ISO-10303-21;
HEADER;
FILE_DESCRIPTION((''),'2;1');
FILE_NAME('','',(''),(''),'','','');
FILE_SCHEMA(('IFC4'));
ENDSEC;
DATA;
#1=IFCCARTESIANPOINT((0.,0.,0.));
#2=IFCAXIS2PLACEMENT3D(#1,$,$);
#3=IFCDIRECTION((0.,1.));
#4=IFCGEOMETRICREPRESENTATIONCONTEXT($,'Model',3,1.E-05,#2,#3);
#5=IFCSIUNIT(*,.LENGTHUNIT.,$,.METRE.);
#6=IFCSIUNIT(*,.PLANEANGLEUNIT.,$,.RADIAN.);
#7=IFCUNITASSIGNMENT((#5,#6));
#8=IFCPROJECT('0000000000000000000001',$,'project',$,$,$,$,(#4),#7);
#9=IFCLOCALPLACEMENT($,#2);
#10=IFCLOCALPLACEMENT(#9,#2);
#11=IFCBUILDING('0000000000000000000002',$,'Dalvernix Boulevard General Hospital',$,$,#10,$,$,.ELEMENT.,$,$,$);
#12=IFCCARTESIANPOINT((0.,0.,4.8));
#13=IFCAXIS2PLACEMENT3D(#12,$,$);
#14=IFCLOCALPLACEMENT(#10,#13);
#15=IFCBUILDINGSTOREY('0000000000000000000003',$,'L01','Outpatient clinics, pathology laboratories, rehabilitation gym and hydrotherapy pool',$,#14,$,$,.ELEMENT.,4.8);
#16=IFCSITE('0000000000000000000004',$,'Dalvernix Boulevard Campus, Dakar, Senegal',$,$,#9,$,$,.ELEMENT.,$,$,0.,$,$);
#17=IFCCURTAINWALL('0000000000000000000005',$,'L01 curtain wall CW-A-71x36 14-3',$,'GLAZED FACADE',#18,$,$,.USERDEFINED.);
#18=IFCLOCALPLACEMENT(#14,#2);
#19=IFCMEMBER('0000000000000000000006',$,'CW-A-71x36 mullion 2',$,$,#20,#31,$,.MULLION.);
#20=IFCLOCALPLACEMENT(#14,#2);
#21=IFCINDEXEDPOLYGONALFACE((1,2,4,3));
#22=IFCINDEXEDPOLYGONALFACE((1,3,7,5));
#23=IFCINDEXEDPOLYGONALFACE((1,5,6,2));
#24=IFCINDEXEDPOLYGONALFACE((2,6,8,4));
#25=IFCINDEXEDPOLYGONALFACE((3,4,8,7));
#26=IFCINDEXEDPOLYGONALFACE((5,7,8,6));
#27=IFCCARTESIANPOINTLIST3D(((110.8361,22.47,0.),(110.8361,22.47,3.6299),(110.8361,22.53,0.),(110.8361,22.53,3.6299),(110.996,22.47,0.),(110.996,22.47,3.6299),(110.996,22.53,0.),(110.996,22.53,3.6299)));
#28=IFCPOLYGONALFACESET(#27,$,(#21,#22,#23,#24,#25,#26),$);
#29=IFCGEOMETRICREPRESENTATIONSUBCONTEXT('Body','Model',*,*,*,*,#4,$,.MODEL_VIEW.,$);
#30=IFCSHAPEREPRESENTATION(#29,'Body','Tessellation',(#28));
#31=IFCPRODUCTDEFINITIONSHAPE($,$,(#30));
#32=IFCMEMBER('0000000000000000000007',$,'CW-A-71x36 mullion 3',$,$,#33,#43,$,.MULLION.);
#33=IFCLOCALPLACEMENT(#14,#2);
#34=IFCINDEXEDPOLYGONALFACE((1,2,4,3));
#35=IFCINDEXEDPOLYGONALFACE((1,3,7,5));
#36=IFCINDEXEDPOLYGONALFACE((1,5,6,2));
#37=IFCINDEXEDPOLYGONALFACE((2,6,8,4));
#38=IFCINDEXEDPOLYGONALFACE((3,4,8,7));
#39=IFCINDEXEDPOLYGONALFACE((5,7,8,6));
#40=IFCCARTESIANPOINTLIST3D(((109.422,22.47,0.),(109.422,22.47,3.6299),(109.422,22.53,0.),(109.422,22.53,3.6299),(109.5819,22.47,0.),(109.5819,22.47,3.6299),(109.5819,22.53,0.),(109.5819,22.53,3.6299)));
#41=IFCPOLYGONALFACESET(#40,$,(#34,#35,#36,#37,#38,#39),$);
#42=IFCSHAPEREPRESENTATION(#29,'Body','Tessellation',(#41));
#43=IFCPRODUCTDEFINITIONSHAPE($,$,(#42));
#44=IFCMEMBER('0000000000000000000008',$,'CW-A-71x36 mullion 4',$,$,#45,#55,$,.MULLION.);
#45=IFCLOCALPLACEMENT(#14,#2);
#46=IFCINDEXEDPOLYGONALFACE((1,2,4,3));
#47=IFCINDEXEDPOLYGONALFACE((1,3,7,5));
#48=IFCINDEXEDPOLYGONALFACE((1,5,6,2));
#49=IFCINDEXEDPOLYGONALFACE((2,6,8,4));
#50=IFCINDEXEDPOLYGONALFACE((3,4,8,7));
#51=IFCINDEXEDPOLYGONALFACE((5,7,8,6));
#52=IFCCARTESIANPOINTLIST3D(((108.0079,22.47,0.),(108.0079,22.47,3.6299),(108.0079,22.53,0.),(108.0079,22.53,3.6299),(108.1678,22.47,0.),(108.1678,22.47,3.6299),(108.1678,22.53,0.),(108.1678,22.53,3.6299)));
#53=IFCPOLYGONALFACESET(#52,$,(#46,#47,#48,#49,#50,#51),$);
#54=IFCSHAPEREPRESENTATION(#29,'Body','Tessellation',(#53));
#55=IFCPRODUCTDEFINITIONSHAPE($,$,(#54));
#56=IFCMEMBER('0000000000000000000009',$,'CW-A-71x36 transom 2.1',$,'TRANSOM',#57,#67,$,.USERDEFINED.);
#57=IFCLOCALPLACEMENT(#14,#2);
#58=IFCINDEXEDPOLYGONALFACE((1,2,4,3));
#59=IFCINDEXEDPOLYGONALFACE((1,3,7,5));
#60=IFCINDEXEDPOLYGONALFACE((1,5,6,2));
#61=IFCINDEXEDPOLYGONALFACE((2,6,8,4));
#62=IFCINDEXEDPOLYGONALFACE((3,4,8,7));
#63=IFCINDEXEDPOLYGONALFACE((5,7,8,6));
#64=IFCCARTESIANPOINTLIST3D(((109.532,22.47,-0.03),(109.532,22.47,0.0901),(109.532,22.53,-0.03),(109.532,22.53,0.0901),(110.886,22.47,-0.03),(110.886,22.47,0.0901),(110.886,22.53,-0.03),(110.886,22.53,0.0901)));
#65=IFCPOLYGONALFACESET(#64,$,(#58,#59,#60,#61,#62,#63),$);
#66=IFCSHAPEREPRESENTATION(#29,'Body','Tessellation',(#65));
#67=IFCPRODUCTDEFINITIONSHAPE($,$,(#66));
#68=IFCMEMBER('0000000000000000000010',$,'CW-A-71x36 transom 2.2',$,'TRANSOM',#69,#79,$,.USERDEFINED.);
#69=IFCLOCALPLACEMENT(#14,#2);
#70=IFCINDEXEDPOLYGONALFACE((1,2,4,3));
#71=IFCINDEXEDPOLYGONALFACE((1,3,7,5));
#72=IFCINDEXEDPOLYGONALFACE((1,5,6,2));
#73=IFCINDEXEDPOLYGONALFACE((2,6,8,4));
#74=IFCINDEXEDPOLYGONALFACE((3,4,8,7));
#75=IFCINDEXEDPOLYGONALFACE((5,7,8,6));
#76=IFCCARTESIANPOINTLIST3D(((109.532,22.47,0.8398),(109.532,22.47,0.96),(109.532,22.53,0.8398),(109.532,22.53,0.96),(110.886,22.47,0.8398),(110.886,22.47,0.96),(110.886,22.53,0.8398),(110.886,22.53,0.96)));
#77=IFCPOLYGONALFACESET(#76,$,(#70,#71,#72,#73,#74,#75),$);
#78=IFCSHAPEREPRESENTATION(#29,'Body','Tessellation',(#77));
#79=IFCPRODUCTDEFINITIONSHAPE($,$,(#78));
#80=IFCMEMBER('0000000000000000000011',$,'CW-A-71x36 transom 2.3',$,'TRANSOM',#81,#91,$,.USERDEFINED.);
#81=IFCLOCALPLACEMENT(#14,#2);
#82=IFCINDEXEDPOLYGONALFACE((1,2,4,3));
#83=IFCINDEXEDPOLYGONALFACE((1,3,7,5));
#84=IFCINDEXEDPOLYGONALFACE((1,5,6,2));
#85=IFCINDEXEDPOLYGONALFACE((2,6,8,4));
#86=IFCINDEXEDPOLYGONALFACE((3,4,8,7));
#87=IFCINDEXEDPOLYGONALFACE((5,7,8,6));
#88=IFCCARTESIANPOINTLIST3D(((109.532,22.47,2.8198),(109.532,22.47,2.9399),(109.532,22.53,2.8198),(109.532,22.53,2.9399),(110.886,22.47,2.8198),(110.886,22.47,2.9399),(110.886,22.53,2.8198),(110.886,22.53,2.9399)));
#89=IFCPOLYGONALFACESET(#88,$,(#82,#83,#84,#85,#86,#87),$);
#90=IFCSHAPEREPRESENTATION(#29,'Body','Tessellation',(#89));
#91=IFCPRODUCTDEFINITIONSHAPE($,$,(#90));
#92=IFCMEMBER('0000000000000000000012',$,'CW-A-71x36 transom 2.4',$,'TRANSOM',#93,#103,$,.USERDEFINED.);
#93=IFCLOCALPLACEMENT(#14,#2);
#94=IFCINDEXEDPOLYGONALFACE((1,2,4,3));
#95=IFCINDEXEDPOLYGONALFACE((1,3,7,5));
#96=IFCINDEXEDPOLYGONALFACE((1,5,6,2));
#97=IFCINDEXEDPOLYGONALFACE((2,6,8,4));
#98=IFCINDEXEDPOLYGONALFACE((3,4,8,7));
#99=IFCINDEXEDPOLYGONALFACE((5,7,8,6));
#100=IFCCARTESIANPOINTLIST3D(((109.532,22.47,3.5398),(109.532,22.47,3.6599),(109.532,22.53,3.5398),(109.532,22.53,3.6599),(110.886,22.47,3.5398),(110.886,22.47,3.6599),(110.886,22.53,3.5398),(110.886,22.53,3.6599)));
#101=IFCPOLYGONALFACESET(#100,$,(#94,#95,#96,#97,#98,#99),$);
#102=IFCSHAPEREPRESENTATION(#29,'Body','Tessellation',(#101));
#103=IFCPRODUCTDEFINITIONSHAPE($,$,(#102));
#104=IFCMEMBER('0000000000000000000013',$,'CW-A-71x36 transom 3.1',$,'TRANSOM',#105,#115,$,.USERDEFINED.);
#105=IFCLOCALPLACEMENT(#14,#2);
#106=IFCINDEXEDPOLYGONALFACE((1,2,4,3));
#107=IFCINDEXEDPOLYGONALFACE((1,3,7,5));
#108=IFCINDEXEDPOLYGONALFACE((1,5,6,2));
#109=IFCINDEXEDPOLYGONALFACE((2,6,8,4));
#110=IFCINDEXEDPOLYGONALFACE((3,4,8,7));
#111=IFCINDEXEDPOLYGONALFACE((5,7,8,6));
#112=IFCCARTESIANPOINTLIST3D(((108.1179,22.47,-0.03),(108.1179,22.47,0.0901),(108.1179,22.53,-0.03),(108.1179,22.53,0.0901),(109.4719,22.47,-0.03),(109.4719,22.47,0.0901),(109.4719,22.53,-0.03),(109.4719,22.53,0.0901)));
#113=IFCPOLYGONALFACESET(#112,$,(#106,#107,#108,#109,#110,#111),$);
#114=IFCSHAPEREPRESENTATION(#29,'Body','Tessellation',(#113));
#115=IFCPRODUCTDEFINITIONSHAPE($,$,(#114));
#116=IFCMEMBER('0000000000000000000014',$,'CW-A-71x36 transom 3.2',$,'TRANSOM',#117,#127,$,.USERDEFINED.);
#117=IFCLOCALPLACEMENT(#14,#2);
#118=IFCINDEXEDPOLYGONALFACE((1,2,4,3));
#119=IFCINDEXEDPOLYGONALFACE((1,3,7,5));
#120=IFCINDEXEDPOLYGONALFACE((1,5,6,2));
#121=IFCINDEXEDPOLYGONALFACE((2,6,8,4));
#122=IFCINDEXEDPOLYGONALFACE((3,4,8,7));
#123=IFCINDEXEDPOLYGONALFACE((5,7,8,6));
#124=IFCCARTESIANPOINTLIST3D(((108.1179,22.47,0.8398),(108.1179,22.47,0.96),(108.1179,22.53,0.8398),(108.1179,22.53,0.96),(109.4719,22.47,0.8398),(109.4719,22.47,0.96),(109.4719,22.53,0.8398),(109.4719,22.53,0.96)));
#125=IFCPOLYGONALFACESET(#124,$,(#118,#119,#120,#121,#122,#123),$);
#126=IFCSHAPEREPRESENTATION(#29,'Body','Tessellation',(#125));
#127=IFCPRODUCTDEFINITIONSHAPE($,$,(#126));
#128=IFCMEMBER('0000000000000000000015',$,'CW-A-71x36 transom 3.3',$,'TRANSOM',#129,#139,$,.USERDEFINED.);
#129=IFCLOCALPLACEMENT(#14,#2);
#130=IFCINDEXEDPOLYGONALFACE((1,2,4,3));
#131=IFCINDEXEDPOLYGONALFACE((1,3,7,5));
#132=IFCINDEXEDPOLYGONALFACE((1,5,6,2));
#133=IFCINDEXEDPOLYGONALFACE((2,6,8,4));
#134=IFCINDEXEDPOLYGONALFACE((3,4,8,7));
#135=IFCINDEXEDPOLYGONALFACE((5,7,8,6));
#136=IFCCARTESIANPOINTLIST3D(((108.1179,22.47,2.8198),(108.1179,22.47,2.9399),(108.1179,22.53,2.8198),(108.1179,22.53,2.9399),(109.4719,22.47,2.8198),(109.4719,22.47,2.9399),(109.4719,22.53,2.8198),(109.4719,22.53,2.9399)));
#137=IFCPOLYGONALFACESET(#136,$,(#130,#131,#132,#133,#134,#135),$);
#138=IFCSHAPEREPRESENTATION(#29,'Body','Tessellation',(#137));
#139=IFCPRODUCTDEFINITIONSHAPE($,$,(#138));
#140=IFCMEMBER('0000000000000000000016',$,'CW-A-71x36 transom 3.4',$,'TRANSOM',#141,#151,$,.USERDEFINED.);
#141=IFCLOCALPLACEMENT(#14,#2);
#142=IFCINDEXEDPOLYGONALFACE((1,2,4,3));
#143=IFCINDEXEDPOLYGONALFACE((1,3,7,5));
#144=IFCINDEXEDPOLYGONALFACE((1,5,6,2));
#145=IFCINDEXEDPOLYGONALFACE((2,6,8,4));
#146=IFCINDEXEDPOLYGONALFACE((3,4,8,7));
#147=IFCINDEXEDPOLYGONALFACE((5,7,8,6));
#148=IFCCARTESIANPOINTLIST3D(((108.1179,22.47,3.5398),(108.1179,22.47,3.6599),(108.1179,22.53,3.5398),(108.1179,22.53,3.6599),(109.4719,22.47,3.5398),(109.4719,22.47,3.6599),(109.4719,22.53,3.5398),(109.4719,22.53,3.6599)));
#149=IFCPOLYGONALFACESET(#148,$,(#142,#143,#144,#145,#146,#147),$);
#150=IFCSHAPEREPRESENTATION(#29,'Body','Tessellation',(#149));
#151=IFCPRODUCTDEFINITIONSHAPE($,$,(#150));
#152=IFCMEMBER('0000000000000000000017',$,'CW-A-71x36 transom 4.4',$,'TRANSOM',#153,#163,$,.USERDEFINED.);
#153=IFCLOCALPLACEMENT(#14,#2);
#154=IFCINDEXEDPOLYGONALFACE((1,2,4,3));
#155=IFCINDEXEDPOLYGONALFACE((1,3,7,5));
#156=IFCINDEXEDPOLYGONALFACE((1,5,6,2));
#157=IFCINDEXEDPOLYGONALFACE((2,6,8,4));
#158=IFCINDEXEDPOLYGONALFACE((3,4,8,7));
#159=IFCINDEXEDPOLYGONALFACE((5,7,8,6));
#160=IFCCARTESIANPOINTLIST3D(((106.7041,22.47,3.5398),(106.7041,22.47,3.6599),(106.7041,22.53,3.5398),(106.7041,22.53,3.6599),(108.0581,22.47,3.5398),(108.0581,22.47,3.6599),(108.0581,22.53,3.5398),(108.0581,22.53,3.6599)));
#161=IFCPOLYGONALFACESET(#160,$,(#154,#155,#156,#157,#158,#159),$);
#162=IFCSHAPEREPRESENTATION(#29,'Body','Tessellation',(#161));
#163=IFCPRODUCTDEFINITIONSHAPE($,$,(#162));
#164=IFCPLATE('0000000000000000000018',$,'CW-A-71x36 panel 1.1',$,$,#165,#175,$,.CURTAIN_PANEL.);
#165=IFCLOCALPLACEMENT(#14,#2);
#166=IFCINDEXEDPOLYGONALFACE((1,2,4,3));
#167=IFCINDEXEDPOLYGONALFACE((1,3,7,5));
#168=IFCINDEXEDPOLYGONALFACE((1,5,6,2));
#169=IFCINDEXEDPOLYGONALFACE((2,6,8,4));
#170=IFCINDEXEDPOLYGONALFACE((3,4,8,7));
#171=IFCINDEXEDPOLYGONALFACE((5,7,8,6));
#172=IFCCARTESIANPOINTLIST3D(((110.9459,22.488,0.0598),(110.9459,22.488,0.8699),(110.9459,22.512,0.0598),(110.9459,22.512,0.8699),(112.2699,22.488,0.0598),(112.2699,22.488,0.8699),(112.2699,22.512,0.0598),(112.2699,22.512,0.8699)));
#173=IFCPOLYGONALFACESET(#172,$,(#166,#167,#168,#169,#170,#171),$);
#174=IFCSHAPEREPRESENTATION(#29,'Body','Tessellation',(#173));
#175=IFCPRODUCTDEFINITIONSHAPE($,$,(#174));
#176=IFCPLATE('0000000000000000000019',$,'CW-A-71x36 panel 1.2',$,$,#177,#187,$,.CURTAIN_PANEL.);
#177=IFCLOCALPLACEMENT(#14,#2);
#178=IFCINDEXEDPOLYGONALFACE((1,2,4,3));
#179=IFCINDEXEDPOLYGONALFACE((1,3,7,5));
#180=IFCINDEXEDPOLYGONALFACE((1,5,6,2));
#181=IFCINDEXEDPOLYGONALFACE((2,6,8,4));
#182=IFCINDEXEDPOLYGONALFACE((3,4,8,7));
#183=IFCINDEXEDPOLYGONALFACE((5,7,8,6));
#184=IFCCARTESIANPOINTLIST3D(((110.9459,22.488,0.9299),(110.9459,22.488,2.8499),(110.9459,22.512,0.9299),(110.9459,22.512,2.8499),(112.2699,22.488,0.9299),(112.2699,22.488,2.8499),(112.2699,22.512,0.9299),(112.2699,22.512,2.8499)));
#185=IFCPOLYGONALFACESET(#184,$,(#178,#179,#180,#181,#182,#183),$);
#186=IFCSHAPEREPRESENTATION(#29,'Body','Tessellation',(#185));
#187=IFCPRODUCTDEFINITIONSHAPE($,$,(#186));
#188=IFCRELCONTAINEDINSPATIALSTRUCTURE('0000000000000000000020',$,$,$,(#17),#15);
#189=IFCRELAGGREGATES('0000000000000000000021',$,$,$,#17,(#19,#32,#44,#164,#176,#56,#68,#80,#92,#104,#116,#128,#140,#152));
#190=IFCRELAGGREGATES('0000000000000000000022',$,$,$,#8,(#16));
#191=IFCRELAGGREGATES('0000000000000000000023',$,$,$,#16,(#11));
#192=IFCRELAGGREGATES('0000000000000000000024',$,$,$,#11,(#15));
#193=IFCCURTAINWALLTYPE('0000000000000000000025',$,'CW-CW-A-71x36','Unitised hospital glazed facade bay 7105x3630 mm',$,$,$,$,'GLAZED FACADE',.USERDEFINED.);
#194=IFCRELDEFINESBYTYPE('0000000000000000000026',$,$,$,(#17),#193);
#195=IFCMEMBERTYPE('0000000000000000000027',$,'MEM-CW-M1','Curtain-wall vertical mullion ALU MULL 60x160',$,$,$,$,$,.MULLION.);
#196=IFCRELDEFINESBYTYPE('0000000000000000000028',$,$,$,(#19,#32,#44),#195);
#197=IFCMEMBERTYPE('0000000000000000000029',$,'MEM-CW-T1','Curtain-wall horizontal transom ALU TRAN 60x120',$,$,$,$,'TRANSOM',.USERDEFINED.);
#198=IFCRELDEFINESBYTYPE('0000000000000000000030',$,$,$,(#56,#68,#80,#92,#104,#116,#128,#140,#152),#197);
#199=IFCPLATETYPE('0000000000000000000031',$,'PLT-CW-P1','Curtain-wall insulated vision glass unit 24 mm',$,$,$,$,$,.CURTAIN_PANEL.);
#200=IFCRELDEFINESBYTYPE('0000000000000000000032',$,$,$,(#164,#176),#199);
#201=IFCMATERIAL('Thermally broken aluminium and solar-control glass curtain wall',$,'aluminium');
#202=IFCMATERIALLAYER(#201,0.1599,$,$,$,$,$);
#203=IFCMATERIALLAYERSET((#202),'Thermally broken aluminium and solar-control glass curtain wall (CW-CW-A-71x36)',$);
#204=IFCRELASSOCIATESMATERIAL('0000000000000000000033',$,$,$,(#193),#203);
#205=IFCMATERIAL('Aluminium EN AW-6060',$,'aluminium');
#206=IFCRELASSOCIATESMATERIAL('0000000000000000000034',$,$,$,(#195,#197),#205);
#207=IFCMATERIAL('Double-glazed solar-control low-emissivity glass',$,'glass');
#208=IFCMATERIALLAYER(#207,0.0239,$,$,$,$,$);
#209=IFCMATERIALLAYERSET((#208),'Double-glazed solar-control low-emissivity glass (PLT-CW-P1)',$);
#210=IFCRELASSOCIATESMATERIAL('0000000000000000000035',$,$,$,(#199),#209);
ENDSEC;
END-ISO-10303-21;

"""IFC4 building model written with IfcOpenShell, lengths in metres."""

from ifc_helpers import new_model, si_unit, direction, frame, origin, origin_2d, place, context, subcontext, project, spatial, rectangle, extrude, material, layer, layer_set, material_profile, profile_set, type_object, element, aggregate, save


model = new_model("IFC4")

# Units and contexts
model_context = context("Model", 3, precision=1e-05, world=origin(), true_north=direction((0.0, 1.0)))
body_context = subcontext(model_context, "Body", "Model", "MODEL_VIEW")
ifc_project = project(units=[si_unit("LENGTHUNIT", "METRE"), si_unit("PLANEANGLEUNIT", "RADIAN")], contexts=[model_context])

# Site, building, storey
site_placement = place(None, origin())
site = spatial("IfcSite", under=ifc_project, at=site_placement, Name="Dalvernix Boulevard Campus, Dakar, Senegal", CompositionType="ELEMENT", RefElevation=0.0)
building_placement = place(site_placement, origin())
building = spatial("IfcBuilding", under=site, at=building_placement, Name="Dalvernix Boulevard General Hospital", CompositionType="ELEMENT")
storey_placement = place(building_placement, frame((0.0, 0.0, 4.8)))
storey = spatial("IfcBuildingStorey", under=building, at=storey_placement, Name="L01", Description="Outpatient clinics, pathology laboratories, rehabilitation gym and hydrotherapy pool", CompositionType="ELEMENT", Elevation=4.8)

# Curtain wall, members, plates
ifc_material_1 = material(Name="Thermally broken aluminium and solar-control glass curtain wall", Category="aluminium")
ifc_layer_1 = layer(ifc_material_1, 0.1599)
ifc_layer_set_1 = layer_set([ifc_layer_1], Name="Thermally broken aluminium and solar-control glass curtain wall (CW-CW-A-71x36)")
curtain_wall_type = type_object("IfcCurtainWallType", Name="CW-CW-A-71x36", Description="Unitised hospital glazed facade bay 7105x3630 mm", ElementType="GLAZED FACADE", PredefinedType="USERDEFINED", material=ifc_layer_set_1)
curtain_wall_placement = place(storey_placement, origin())
curtain_wall = element("IfcCurtainWall", 1, at=curtain_wall_placement, inside=storey, type_object=curtain_wall_type, Name="L01 curtain wall CW-A-71x36 14-3", ObjectType="GLAZED FACADE", PredefinedType="USERDEFINED")
ifc_material_2 = material(Name="Aluminium EN AW-6060", Category="aluminium")
ifc_material_profile_1 = material_profile(ifc_material_2, rectangle(XDim=0.0601, YDim=0.1599, at=origin_2d()), Name="ALU MULL 60x160")
ifc_profile_set_1 = profile_set([ifc_material_profile_1], Name="Aluminium EN AW-6060")
member_type_1 = type_object("IfcMemberType", Name="MEM-CW-M1", Description="Curtain-wall vertical mullion ALU MULL 60x160", PredefinedType="MULLION", material=ifc_profile_set_1)
member_1_placement = place(storey_placement, frame((110.916, 22.5, 0.0), z_axis=(0.0, 0.0, 1.0), x_axis=(0.0, -1.0, 0.0)))
member_1 = element("IfcMember", 2, at=member_1_placement, type_object=member_type_1, Name="CW-A-71x36 mullion 2", PredefinedType="MULLION", context=body_context, shape_type="SweptSolid", body=[
    extrude(rectangle(XDim=0.0601, YDim=0.1599, at=origin_2d()), origin(), (0.0, 0.0, 1.0), 3.6299),
])
member_2_placement = place(storey_placement, frame((109.502, 22.5, 0.0), z_axis=(0.0, 0.0, 1.0), x_axis=(0.0, -1.0, 0.0)))
member_2 = element("IfcMember", 3, at=member_2_placement, type_object=member_type_1, Name="CW-A-71x36 mullion 3", PredefinedType="MULLION", context=body_context, shape_type="SweptSolid", body=[
    extrude(rectangle(XDim=0.0601, YDim=0.1599, at=origin_2d()), origin(), (0.0, 0.0, 1.0), 3.6299),
])
member_3_placement = place(storey_placement, frame((108.0879, 22.5, 0.0), z_axis=(0.0, 0.0, 1.0), x_axis=(0.0, -1.0, 0.0)))
member_3 = element("IfcMember", 4, at=member_3_placement, type_object=member_type_1, Name="CW-A-71x36 mullion 4", PredefinedType="MULLION", context=body_context, shape_type="SweptSolid", body=[
    extrude(rectangle(XDim=0.0601, YDim=0.1599, at=origin_2d()), origin(), (0.0, 0.0, 1.0), 3.6299),
])
ifc_material_profile_2 = material_profile(ifc_material_2, rectangle(XDim=0.0601, YDim=0.1201, at=origin_2d()), Name="ALU TRAN 60x120")
ifc_profile_set_2 = profile_set([ifc_material_profile_2], Name="Aluminium EN AW-6060")
member_type_2 = type_object("IfcMemberType", Name="MEM-CW-T1", Description="Curtain-wall horizontal transom ALU TRAN 60x120", ElementType="TRANSOM", PredefinedType="USERDEFINED", material=ifc_profile_set_2)
member_4_placement = place(storey_placement, frame((110.886, 22.5, 0.03), z_axis=(-1.0, 0.0, 0.0), x_axis=(0.0, -1.0, 0.0)))
member_4 = element("IfcMember", 5, at=member_4_placement, type_object=member_type_2, Name="CW-A-71x36 transom 2.1", ObjectType="TRANSOM", PredefinedType="USERDEFINED", context=body_context, shape_type="SweptSolid", body=[
    extrude(rectangle(XDim=0.0601, YDim=0.1201, at=origin_2d()), origin(), (0.0, 0.0, 1.0), 1.354),
])
member_5_placement = place(storey_placement, frame((110.886, 22.5, 0.8999), z_axis=(-1.0, 0.0, 0.0), x_axis=(0.0, -1.0, 0.0)))
member_5 = element("IfcMember", 6, at=member_5_placement, type_object=member_type_2, Name="CW-A-71x36 transom 2.2", ObjectType="TRANSOM", PredefinedType="USERDEFINED", context=body_context, shape_type="SweptSolid", body=[
    extrude(rectangle(XDim=0.0601, YDim=0.1201, at=origin_2d()), origin(), (0.0, 0.0, 1.0), 1.354),
])
member_6_placement = place(storey_placement, frame((110.886, 22.5, 2.8799), z_axis=(-1.0, 0.0, 0.0), x_axis=(0.0, -1.0, 0.0)))
member_6 = element("IfcMember", 7, at=member_6_placement, type_object=member_type_2, Name="CW-A-71x36 transom 2.3", ObjectType="TRANSOM", PredefinedType="USERDEFINED", context=body_context, shape_type="SweptSolid", body=[
    extrude(rectangle(XDim=0.0601, YDim=0.1201, at=origin_2d()), origin(), (0.0, 0.0, 1.0), 1.354),
])
member_7_placement = place(storey_placement, frame((110.886, 22.5, 3.5999), z_axis=(-1.0, 0.0, 0.0), x_axis=(0.0, -1.0, 0.0)))
member_7 = element("IfcMember", 8, at=member_7_placement, type_object=member_type_2, Name="CW-A-71x36 transom 2.4", ObjectType="TRANSOM", PredefinedType="USERDEFINED", context=body_context, shape_type="SweptSolid", body=[
    extrude(rectangle(XDim=0.0601, YDim=0.1201, at=origin_2d()), origin(), (0.0, 0.0, 1.0), 1.354),
])
member_8_placement = place(storey_placement, frame((109.4719, 22.5, 0.03), z_axis=(-1.0, 0.0, 0.0), x_axis=(0.0, -1.0, 0.0)))
member_8 = element("IfcMember", 9, at=member_8_placement, type_object=member_type_2, Name="CW-A-71x36 transom 3.1", ObjectType="TRANSOM", PredefinedType="USERDEFINED", context=body_context, shape_type="SweptSolid", body=[
    extrude(rectangle(XDim=0.0601, YDim=0.1201, at=origin_2d()), origin(), (0.0, 0.0, 1.0), 1.354),
])
member_9_placement = place(storey_placement, frame((109.4719, 22.5, 0.8999), z_axis=(-1.0, 0.0, 0.0), x_axis=(0.0, -1.0, 0.0)))
member_9 = element("IfcMember", 10, at=member_9_placement, type_object=member_type_2, Name="CW-A-71x36 transom 3.2", ObjectType="TRANSOM", PredefinedType="USERDEFINED", context=body_context, shape_type="SweptSolid", body=[
    extrude(rectangle(XDim=0.0601, YDim=0.1201, at=origin_2d()), origin(), (0.0, 0.0, 1.0), 1.354),
])
member_10_placement = place(storey_placement, frame((109.4719, 22.5, 2.8799), z_axis=(-1.0, 0.0, 0.0), x_axis=(0.0, -1.0, 0.0)))
member_10 = element("IfcMember", 11, at=member_10_placement, type_object=member_type_2, Name="CW-A-71x36 transom 3.3", ObjectType="TRANSOM", PredefinedType="USERDEFINED", context=body_context, shape_type="SweptSolid", body=[
    extrude(rectangle(XDim=0.0601, YDim=0.1201, at=origin_2d()), origin(), (0.0, 0.0, 1.0), 1.354),
])
member_11_placement = place(storey_placement, frame((109.4719, 22.5, 3.5999), z_axis=(-1.0, 0.0, 0.0), x_axis=(0.0, -1.0, 0.0)))
member_11 = element("IfcMember", 12, at=member_11_placement, type_object=member_type_2, Name="CW-A-71x36 transom 3.4", ObjectType="TRANSOM", PredefinedType="USERDEFINED", context=body_context, shape_type="SweptSolid", body=[
    extrude(rectangle(XDim=0.0601, YDim=0.1201, at=origin_2d()), origin(), (0.0, 0.0, 1.0), 1.354),
])
member_12_placement = place(storey_placement, frame((108.0581, 22.5, 3.5999), z_axis=(-1.0, 0.0, 0.0), x_axis=(0.0, -1.0, 0.0)))
member_12 = element("IfcMember", 13, at=member_12_placement, type_object=member_type_2, Name="CW-A-71x36 transom 4.4", ObjectType="TRANSOM", PredefinedType="USERDEFINED", context=body_context, shape_type="SweptSolid", body=[
    extrude(rectangle(XDim=0.0601, YDim=0.1201, at=origin_2d()), origin(), (0.0, 0.0, 1.0), 1.354),
])
ifc_material_3 = material(Name="Double-glazed solar-control low-emissivity glass", Category="glass")
ifc_layer_2 = layer(ifc_material_3, 0.0239)
ifc_layer_set_2 = layer_set([ifc_layer_2], Name="Double-glazed solar-control low-emissivity glass (PLT-CW-P1)")
plate_type = type_object("IfcPlateType", Name="PLT-CW-P1", Description="Curtain-wall insulated vision glass unit 24 mm", PredefinedType="CURTAIN_PANEL", material=ifc_layer_set_2)
plate_1_placement = place(storey_placement, frame((111.6079, 22.5, 0.0598), z_axis=(0.0, 0.0, 1.0), x_axis=(-1.0, 0.0, 0.0)))
plate_1 = element("IfcPlate", 14, at=plate_1_placement, type_object=plate_type, Name="CW-A-71x36 panel 1.1", PredefinedType="CURTAIN_PANEL", context=body_context, shape_type="SweptSolid", body=[
    extrude(rectangle(XDim=1.324, YDim=0.0239, at=origin_2d()), origin(), (0.0, 0.0, 1.0), 0.8101),
])
plate_2_placement = place(storey_placement, frame((111.6079, 22.5, 0.9299), z_axis=(0.0, 0.0, 1.0), x_axis=(-1.0, 0.0, 0.0)))
plate_2 = element("IfcPlate", 15, at=plate_2_placement, type_object=plate_type, Name="CW-A-71x36 panel 1.2", PredefinedType="CURTAIN_PANEL", context=body_context, shape_type="SweptSolid", body=[
    extrude(rectangle(XDim=1.324, YDim=0.0239, at=origin_2d()), origin(), (0.0, 0.0, 1.0), 1.9199),
])
aggregate(curtain_wall, [member_1, member_2, member_3, plate_1, plate_2, member_4, member_5, member_6, member_7, member_8, member_9, member_10, member_11, member_12])

save(model, "model.ifc")
